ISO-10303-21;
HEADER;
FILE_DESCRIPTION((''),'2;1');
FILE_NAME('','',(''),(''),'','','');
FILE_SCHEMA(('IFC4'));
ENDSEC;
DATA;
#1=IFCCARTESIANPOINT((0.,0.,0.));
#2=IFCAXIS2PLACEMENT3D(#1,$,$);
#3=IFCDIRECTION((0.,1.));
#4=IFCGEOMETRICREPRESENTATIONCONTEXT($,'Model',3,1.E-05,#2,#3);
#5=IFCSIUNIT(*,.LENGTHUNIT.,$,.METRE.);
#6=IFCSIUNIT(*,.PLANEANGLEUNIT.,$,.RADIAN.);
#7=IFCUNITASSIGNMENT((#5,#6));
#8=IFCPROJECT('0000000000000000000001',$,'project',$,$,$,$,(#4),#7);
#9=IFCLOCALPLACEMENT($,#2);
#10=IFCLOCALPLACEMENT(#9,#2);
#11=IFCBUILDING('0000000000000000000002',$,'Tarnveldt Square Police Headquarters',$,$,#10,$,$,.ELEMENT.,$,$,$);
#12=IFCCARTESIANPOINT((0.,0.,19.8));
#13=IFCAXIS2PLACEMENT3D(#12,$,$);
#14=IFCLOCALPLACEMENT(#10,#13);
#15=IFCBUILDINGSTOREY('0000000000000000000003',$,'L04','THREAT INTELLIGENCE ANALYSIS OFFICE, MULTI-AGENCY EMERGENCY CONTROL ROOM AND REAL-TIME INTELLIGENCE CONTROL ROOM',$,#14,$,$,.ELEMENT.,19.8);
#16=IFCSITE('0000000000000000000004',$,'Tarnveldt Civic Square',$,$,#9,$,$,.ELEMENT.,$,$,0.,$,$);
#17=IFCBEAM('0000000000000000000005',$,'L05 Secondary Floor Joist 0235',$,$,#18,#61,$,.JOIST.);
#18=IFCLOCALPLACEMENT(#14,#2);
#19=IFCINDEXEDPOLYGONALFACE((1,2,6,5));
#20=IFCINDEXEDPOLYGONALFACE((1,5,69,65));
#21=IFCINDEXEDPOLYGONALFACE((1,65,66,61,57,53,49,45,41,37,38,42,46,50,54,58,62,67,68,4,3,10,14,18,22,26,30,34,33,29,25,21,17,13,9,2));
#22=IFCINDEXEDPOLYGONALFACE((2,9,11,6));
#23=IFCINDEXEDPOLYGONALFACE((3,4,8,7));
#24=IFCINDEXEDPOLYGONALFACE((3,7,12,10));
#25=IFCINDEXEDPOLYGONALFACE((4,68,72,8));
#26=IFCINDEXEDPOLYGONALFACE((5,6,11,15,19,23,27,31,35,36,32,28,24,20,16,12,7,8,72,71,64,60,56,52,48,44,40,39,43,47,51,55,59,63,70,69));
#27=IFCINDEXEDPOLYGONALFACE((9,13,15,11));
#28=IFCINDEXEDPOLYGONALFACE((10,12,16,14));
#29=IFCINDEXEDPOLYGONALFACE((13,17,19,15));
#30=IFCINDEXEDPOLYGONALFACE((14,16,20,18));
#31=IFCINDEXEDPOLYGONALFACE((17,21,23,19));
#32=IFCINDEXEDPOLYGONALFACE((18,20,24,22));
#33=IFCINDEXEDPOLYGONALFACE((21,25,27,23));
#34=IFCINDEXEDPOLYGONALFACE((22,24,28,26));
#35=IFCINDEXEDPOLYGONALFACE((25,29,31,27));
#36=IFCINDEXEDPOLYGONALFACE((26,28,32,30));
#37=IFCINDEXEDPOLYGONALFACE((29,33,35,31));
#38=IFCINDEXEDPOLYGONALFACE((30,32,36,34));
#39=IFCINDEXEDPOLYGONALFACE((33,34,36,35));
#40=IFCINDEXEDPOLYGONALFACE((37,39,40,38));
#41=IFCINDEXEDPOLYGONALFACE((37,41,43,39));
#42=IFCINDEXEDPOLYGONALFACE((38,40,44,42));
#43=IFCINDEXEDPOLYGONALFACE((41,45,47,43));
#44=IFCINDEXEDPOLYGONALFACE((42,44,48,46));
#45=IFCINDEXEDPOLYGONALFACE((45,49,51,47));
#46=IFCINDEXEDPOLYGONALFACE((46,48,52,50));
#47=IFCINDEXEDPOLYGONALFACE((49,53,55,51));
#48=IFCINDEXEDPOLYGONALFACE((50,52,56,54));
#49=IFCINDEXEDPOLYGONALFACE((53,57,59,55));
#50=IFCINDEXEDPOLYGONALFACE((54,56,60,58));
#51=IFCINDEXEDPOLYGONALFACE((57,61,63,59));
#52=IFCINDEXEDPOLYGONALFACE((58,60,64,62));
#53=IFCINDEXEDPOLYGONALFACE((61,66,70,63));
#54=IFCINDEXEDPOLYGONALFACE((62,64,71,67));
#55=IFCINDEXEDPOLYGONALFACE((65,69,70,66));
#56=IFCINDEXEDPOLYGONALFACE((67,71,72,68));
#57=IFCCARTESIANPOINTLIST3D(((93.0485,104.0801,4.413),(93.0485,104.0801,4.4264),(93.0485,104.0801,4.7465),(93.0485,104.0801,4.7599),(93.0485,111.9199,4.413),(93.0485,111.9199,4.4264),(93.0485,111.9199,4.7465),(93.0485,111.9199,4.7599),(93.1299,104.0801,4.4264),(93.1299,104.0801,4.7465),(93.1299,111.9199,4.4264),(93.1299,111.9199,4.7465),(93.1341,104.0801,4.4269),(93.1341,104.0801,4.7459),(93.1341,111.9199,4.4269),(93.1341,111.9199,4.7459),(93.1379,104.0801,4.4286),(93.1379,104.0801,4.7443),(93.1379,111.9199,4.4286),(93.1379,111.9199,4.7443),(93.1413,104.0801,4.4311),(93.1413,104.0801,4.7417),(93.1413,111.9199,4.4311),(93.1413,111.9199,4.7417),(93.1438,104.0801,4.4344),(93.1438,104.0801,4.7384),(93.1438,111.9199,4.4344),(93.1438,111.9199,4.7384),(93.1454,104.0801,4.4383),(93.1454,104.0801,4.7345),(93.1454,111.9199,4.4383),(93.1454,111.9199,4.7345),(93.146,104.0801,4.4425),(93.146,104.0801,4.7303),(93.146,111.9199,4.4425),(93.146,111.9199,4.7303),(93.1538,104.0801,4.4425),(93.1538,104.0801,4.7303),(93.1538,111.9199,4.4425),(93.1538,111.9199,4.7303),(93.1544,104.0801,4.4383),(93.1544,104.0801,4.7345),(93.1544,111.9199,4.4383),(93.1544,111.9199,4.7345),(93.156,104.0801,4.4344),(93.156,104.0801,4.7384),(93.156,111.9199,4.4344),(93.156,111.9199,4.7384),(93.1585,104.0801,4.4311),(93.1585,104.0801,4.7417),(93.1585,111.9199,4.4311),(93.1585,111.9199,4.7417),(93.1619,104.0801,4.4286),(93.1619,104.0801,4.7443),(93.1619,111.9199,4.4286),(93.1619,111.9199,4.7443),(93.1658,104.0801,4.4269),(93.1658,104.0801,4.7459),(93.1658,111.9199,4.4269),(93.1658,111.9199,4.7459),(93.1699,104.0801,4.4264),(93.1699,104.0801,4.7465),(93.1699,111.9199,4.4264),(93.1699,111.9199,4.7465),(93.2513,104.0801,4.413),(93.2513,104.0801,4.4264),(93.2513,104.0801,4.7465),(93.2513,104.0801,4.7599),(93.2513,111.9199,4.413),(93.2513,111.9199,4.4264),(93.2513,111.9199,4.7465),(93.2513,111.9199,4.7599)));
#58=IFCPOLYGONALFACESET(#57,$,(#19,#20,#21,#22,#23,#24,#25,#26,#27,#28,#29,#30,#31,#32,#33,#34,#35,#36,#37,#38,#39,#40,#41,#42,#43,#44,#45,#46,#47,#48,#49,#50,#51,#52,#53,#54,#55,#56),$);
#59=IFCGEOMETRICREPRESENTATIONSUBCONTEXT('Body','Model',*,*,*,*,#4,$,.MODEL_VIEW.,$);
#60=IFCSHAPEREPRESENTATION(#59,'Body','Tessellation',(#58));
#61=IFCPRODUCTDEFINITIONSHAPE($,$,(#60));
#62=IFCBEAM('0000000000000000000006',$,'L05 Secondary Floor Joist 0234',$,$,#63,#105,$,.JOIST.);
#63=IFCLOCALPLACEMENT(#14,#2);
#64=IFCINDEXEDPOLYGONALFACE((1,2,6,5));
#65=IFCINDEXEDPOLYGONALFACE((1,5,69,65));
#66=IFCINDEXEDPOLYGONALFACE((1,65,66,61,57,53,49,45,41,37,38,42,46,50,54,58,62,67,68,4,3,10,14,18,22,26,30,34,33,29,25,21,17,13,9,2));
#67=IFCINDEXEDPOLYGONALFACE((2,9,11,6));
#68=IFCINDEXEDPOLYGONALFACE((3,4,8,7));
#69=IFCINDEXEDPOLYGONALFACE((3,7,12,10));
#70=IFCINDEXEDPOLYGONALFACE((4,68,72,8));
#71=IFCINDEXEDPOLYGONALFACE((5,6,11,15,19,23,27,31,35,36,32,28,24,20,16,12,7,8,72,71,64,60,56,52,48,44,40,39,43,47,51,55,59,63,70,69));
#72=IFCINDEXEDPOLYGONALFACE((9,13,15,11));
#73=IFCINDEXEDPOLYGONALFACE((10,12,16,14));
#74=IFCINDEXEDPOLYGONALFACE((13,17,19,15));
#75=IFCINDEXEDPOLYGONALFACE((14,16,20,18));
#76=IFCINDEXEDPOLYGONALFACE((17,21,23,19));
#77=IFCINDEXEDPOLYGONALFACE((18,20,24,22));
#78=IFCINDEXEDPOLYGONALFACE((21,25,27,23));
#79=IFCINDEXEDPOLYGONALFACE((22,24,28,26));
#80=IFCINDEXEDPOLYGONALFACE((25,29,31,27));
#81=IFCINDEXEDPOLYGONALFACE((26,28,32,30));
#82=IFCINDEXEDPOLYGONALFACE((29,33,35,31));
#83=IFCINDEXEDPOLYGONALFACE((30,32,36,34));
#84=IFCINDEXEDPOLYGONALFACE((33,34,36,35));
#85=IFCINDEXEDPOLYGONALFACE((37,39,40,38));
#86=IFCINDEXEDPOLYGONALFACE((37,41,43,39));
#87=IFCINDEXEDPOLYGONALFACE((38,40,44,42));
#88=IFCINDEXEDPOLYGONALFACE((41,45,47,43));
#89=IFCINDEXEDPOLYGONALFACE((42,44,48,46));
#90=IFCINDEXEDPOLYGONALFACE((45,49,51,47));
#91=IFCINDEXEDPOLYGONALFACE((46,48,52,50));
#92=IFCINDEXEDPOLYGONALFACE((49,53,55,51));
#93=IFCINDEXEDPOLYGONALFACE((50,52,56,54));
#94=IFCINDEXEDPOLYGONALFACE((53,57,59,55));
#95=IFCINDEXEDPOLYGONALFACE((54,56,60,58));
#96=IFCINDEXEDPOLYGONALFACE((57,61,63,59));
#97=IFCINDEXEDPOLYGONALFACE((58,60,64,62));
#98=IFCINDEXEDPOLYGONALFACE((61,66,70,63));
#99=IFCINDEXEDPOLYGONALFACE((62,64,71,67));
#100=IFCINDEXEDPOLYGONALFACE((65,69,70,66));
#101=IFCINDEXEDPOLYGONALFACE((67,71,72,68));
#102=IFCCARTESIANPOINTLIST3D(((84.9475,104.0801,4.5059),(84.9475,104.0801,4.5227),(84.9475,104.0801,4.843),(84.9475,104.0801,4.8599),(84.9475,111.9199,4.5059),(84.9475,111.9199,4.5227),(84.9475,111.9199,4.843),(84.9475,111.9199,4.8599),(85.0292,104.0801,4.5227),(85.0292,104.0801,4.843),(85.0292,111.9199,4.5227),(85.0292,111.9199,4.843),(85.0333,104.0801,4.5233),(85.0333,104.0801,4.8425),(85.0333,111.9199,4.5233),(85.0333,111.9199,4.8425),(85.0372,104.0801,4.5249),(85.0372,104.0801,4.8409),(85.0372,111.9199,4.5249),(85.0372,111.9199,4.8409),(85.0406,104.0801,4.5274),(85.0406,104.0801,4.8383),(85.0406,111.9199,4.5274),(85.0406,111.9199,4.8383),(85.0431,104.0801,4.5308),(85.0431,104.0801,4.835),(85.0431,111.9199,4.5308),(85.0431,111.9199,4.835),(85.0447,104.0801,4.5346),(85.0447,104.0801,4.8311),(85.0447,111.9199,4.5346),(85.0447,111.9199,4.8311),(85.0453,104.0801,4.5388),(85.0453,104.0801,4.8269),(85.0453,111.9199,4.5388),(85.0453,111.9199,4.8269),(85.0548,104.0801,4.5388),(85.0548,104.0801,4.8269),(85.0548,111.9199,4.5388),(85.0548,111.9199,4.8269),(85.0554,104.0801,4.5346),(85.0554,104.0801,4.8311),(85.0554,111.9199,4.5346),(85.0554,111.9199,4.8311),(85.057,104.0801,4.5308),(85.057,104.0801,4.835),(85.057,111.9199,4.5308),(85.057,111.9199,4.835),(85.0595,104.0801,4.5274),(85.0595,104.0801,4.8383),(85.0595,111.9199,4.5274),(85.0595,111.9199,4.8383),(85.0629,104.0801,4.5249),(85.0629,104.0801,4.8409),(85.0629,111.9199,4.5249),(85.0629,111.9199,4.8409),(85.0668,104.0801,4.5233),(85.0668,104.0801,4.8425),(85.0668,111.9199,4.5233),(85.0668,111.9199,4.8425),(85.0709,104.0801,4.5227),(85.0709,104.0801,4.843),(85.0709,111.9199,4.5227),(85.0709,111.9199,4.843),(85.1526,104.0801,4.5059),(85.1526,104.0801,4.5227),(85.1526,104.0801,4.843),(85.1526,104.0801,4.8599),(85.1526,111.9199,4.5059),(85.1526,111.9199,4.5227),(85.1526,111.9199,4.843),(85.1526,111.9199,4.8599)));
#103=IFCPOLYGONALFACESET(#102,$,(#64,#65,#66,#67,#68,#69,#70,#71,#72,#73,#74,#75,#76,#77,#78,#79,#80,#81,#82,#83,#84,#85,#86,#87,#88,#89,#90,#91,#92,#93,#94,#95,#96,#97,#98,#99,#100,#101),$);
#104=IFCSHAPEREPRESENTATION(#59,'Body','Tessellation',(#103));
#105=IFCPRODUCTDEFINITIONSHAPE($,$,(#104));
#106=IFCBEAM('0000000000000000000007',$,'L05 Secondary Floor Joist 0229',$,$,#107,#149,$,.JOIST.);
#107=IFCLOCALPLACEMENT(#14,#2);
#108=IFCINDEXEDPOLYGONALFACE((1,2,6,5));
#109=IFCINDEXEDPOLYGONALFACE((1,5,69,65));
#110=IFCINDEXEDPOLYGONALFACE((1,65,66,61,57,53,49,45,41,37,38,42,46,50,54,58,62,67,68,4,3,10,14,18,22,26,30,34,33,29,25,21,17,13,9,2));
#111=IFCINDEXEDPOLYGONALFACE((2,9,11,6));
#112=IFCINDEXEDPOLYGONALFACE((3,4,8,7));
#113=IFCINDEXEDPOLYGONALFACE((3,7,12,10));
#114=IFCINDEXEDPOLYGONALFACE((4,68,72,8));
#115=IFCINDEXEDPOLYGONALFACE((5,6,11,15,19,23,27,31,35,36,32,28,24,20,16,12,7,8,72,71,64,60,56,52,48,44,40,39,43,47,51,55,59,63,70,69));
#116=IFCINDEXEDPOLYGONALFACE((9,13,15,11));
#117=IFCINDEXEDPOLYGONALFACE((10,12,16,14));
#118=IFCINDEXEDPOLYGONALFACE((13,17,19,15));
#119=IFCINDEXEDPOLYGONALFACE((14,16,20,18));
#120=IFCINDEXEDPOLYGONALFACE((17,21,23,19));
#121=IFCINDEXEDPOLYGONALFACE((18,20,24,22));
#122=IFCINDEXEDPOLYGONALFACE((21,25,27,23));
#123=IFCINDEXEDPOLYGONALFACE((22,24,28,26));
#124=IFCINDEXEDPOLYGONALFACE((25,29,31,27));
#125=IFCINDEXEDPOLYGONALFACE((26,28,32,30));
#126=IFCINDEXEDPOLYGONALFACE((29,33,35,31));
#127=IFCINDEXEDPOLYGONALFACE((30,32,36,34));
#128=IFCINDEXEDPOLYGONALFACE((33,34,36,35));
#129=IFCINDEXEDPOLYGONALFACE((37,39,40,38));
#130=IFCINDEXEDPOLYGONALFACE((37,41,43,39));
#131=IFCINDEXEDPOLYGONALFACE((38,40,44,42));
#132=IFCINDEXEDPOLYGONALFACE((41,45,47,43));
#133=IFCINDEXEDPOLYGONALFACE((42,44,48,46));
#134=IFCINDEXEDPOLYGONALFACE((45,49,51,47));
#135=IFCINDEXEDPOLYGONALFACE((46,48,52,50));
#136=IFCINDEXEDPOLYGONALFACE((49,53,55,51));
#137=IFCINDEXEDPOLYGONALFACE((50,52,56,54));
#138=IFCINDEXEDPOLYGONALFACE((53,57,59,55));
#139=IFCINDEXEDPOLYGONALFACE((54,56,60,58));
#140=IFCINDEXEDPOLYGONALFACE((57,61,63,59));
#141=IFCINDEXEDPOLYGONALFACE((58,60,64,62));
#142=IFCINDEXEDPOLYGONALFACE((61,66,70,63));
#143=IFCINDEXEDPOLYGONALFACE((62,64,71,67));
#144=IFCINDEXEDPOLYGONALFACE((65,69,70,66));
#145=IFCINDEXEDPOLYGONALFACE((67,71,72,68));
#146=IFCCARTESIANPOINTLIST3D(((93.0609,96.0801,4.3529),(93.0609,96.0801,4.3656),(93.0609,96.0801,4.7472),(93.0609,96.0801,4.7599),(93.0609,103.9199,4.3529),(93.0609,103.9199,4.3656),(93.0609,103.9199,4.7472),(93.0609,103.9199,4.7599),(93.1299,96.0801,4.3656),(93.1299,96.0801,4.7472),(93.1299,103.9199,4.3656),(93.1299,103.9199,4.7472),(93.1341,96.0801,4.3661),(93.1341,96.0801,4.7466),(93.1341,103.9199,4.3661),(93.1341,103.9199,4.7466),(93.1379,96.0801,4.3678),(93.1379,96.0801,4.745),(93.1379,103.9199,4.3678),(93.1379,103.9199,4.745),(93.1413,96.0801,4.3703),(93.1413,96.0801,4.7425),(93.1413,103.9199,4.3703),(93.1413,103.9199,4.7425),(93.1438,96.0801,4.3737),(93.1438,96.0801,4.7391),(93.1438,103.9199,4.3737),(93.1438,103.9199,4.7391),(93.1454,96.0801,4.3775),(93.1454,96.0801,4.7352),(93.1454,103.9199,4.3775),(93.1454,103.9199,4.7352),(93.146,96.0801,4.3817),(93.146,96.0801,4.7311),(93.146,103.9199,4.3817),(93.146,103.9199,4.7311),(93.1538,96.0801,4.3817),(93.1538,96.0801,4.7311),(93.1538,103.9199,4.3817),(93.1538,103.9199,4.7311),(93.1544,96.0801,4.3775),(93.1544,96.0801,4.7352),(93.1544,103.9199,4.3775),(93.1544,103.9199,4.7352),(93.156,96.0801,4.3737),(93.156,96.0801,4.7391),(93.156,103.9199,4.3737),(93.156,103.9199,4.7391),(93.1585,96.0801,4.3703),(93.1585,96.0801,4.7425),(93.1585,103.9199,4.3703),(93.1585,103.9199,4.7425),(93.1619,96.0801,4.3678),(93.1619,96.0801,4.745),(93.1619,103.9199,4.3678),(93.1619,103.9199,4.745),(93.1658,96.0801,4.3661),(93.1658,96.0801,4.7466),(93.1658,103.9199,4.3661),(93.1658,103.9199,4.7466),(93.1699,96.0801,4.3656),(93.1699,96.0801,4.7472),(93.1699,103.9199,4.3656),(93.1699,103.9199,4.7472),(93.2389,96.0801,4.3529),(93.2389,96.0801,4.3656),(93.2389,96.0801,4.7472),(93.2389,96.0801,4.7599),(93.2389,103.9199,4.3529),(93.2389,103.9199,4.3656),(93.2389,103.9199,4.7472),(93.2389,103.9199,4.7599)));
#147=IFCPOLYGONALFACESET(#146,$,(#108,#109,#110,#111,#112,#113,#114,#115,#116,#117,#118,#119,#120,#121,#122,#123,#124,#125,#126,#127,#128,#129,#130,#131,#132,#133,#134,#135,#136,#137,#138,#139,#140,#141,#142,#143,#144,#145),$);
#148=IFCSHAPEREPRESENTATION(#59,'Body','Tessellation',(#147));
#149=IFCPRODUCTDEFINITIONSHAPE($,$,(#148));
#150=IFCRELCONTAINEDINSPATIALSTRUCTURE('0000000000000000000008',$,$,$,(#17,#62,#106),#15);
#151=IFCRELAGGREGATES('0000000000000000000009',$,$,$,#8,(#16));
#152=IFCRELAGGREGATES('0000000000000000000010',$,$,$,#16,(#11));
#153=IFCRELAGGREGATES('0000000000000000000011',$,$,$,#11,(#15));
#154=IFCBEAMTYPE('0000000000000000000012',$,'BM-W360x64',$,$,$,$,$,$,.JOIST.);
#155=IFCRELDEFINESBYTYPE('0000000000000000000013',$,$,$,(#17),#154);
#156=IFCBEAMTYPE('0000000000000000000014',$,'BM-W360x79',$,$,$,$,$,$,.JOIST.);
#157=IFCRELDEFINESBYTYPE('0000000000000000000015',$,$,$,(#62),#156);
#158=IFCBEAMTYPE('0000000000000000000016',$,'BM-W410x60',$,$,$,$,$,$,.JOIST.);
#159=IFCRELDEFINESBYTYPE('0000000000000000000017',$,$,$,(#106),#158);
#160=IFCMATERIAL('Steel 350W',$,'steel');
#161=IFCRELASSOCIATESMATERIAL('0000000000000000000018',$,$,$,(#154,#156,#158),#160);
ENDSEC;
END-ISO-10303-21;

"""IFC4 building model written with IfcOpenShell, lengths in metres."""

from ifc_helpers import new_model, si_unit, direction, frame, origin, origin_2d, place, context, subcontext, project, spatial, i_section, extrude, material, material_profile, profile_set, type_object, element, save


model = new_model("IFC4")

# Units and contexts
model_context = context("Model", 3, precision=1e-05, world=origin(), true_north=direction((0.0, 1.0)))
body_context = subcontext(model_context, "Body", "Model", "MODEL_VIEW")
ifc_project = project(units=[si_unit("LENGTHUNIT", "METRE"), si_unit("PLANEANGLEUNIT", "RADIAN")], contexts=[model_context])

# Site, building, storey
site_placement = place(None, origin())
site = spatial("IfcSite", under=ifc_project, at=site_placement, Name="Tarnveldt Civic Square", CompositionType="ELEMENT", RefElevation=0.0)
building_placement = place(site_placement, origin())
building = spatial("IfcBuilding", under=site, at=building_placement, Name="Tarnveldt Square Police Headquarters", CompositionType="ELEMENT")
storey_placement = place(building_placement, frame((0.0, 0.0, 19.8)))
storey = spatial("IfcBuildingStorey", under=building, at=storey_placement, Name="L04", Description="THREAT INTELLIGENCE ANALYSIS OFFICE, MULTI-AGENCY EMERGENCY CONTROL ROOM AND REAL-TIME INTELLIGENCE CONTROL ROOM", CompositionType="ELEMENT", Elevation=19.8)

# Shared definitions
ifc_material_1 = material(Name="Steel 350W", Category="steel")

# Beams
ifc_material_profile_1 = material_profile(ifc_material_1, i_section(OverallWidth=0.2029, OverallDepth=0.3469, WebThickness=0.0078, FlangeThickness=0.0134, FilletRadius=0.0161, at=origin_2d()), Name="W360x64")
ifc_profile_set_1 = profile_set([ifc_material_profile_1], Name="Steel 350W")
beam_type_1 = type_object("IfcBeamType", Name="BM-W360x64", PredefinedType="JOIST", material=ifc_profile_set_1)
beam_1_placement = place(storey_placement, frame((93.1499, 104.0801, 4.5864), z_axis=(0.0, 1.0, 0.0), x_axis=(-1.0, 0.0, 0.0)))
element("IfcBeam", 1, at=beam_1_placement, inside=storey, type_object=beam_type_1, Name="L05 Secondary Floor Joist 0235", PredefinedType="JOIST", context=body_context, shape_type="SweptSolid", body=[
    extrude(i_section(OverallWidth=0.2029, OverallDepth=0.3469, WebThickness=0.0078, FlangeThickness=0.0134, FilletRadius=0.0161, at=origin_2d()), origin(), (0.0, 0.0, 1.0), 7.8398),
])
ifc_material_profile_2 = material_profile(ifc_material_1, i_section(OverallWidth=0.2051, OverallDepth=0.354, WebThickness=0.0095, FlangeThickness=0.0168, FilletRadius=0.0161, at=origin_2d()), Name="W360x79")
ifc_profile_set_2 = profile_set([ifc_material_profile_2], Name="Steel 350W")
beam_type_2 = type_object("IfcBeamType", Name="BM-W360x79", PredefinedType="JOIST", material=ifc_profile_set_2)
beam_2_placement = place(storey_placement, frame((85.05, 104.0801, 4.6829), z_axis=(0.0, 1.0, 0.0), x_axis=(-1.0, 0.0, 0.0)))
element("IfcBeam", 2, at=beam_2_placement, inside=storey, type_object=beam_type_2, Name="L05 Secondary Floor Joist 0234", PredefinedType="JOIST", context=body_context, shape_type="SweptSolid", body=[
    extrude(i_section(OverallWidth=0.2051, OverallDepth=0.354, WebThickness=0.0095, FlangeThickness=0.0168, FilletRadius=0.0161, at=origin_2d()), origin(), (0.0, 0.0, 1.0), 7.8398),
])
ifc_material_profile_3 = material_profile(ifc_material_1, i_section(OverallWidth=0.178, OverallDepth=0.407, WebThickness=0.0078, FlangeThickness=0.0127, FilletRadius=0.0161, at=origin_2d()), Name="W410x60")
ifc_profile_set_3 = profile_set([ifc_material_profile_3], Name="Steel 350W")
beam_type_3 = type_object("IfcBeamType", Name="BM-W410x60", PredefinedType="JOIST", material=ifc_profile_set_3)
beam_3_placement = place(storey_placement, frame((93.1499, 96.0801, 4.5564), z_axis=(0.0, 1.0, 0.0), x_axis=(-1.0, 0.0, 0.0)))
element("IfcBeam", 3, at=beam_3_placement, inside=storey, type_object=beam_type_3, Name="L05 Secondary Floor Joist 0229", PredefinedType="JOIST", context=body_context, shape_type="SweptSolid", body=[
    extrude(i_section(OverallWidth=0.178, OverallDepth=0.407, WebThickness=0.0078, FlangeThickness=0.0127, FilletRadius=0.0161, at=origin_2d()), origin(), (0.0, 0.0, 1.0), 7.8398),
])

save(model, "model.ifc")
